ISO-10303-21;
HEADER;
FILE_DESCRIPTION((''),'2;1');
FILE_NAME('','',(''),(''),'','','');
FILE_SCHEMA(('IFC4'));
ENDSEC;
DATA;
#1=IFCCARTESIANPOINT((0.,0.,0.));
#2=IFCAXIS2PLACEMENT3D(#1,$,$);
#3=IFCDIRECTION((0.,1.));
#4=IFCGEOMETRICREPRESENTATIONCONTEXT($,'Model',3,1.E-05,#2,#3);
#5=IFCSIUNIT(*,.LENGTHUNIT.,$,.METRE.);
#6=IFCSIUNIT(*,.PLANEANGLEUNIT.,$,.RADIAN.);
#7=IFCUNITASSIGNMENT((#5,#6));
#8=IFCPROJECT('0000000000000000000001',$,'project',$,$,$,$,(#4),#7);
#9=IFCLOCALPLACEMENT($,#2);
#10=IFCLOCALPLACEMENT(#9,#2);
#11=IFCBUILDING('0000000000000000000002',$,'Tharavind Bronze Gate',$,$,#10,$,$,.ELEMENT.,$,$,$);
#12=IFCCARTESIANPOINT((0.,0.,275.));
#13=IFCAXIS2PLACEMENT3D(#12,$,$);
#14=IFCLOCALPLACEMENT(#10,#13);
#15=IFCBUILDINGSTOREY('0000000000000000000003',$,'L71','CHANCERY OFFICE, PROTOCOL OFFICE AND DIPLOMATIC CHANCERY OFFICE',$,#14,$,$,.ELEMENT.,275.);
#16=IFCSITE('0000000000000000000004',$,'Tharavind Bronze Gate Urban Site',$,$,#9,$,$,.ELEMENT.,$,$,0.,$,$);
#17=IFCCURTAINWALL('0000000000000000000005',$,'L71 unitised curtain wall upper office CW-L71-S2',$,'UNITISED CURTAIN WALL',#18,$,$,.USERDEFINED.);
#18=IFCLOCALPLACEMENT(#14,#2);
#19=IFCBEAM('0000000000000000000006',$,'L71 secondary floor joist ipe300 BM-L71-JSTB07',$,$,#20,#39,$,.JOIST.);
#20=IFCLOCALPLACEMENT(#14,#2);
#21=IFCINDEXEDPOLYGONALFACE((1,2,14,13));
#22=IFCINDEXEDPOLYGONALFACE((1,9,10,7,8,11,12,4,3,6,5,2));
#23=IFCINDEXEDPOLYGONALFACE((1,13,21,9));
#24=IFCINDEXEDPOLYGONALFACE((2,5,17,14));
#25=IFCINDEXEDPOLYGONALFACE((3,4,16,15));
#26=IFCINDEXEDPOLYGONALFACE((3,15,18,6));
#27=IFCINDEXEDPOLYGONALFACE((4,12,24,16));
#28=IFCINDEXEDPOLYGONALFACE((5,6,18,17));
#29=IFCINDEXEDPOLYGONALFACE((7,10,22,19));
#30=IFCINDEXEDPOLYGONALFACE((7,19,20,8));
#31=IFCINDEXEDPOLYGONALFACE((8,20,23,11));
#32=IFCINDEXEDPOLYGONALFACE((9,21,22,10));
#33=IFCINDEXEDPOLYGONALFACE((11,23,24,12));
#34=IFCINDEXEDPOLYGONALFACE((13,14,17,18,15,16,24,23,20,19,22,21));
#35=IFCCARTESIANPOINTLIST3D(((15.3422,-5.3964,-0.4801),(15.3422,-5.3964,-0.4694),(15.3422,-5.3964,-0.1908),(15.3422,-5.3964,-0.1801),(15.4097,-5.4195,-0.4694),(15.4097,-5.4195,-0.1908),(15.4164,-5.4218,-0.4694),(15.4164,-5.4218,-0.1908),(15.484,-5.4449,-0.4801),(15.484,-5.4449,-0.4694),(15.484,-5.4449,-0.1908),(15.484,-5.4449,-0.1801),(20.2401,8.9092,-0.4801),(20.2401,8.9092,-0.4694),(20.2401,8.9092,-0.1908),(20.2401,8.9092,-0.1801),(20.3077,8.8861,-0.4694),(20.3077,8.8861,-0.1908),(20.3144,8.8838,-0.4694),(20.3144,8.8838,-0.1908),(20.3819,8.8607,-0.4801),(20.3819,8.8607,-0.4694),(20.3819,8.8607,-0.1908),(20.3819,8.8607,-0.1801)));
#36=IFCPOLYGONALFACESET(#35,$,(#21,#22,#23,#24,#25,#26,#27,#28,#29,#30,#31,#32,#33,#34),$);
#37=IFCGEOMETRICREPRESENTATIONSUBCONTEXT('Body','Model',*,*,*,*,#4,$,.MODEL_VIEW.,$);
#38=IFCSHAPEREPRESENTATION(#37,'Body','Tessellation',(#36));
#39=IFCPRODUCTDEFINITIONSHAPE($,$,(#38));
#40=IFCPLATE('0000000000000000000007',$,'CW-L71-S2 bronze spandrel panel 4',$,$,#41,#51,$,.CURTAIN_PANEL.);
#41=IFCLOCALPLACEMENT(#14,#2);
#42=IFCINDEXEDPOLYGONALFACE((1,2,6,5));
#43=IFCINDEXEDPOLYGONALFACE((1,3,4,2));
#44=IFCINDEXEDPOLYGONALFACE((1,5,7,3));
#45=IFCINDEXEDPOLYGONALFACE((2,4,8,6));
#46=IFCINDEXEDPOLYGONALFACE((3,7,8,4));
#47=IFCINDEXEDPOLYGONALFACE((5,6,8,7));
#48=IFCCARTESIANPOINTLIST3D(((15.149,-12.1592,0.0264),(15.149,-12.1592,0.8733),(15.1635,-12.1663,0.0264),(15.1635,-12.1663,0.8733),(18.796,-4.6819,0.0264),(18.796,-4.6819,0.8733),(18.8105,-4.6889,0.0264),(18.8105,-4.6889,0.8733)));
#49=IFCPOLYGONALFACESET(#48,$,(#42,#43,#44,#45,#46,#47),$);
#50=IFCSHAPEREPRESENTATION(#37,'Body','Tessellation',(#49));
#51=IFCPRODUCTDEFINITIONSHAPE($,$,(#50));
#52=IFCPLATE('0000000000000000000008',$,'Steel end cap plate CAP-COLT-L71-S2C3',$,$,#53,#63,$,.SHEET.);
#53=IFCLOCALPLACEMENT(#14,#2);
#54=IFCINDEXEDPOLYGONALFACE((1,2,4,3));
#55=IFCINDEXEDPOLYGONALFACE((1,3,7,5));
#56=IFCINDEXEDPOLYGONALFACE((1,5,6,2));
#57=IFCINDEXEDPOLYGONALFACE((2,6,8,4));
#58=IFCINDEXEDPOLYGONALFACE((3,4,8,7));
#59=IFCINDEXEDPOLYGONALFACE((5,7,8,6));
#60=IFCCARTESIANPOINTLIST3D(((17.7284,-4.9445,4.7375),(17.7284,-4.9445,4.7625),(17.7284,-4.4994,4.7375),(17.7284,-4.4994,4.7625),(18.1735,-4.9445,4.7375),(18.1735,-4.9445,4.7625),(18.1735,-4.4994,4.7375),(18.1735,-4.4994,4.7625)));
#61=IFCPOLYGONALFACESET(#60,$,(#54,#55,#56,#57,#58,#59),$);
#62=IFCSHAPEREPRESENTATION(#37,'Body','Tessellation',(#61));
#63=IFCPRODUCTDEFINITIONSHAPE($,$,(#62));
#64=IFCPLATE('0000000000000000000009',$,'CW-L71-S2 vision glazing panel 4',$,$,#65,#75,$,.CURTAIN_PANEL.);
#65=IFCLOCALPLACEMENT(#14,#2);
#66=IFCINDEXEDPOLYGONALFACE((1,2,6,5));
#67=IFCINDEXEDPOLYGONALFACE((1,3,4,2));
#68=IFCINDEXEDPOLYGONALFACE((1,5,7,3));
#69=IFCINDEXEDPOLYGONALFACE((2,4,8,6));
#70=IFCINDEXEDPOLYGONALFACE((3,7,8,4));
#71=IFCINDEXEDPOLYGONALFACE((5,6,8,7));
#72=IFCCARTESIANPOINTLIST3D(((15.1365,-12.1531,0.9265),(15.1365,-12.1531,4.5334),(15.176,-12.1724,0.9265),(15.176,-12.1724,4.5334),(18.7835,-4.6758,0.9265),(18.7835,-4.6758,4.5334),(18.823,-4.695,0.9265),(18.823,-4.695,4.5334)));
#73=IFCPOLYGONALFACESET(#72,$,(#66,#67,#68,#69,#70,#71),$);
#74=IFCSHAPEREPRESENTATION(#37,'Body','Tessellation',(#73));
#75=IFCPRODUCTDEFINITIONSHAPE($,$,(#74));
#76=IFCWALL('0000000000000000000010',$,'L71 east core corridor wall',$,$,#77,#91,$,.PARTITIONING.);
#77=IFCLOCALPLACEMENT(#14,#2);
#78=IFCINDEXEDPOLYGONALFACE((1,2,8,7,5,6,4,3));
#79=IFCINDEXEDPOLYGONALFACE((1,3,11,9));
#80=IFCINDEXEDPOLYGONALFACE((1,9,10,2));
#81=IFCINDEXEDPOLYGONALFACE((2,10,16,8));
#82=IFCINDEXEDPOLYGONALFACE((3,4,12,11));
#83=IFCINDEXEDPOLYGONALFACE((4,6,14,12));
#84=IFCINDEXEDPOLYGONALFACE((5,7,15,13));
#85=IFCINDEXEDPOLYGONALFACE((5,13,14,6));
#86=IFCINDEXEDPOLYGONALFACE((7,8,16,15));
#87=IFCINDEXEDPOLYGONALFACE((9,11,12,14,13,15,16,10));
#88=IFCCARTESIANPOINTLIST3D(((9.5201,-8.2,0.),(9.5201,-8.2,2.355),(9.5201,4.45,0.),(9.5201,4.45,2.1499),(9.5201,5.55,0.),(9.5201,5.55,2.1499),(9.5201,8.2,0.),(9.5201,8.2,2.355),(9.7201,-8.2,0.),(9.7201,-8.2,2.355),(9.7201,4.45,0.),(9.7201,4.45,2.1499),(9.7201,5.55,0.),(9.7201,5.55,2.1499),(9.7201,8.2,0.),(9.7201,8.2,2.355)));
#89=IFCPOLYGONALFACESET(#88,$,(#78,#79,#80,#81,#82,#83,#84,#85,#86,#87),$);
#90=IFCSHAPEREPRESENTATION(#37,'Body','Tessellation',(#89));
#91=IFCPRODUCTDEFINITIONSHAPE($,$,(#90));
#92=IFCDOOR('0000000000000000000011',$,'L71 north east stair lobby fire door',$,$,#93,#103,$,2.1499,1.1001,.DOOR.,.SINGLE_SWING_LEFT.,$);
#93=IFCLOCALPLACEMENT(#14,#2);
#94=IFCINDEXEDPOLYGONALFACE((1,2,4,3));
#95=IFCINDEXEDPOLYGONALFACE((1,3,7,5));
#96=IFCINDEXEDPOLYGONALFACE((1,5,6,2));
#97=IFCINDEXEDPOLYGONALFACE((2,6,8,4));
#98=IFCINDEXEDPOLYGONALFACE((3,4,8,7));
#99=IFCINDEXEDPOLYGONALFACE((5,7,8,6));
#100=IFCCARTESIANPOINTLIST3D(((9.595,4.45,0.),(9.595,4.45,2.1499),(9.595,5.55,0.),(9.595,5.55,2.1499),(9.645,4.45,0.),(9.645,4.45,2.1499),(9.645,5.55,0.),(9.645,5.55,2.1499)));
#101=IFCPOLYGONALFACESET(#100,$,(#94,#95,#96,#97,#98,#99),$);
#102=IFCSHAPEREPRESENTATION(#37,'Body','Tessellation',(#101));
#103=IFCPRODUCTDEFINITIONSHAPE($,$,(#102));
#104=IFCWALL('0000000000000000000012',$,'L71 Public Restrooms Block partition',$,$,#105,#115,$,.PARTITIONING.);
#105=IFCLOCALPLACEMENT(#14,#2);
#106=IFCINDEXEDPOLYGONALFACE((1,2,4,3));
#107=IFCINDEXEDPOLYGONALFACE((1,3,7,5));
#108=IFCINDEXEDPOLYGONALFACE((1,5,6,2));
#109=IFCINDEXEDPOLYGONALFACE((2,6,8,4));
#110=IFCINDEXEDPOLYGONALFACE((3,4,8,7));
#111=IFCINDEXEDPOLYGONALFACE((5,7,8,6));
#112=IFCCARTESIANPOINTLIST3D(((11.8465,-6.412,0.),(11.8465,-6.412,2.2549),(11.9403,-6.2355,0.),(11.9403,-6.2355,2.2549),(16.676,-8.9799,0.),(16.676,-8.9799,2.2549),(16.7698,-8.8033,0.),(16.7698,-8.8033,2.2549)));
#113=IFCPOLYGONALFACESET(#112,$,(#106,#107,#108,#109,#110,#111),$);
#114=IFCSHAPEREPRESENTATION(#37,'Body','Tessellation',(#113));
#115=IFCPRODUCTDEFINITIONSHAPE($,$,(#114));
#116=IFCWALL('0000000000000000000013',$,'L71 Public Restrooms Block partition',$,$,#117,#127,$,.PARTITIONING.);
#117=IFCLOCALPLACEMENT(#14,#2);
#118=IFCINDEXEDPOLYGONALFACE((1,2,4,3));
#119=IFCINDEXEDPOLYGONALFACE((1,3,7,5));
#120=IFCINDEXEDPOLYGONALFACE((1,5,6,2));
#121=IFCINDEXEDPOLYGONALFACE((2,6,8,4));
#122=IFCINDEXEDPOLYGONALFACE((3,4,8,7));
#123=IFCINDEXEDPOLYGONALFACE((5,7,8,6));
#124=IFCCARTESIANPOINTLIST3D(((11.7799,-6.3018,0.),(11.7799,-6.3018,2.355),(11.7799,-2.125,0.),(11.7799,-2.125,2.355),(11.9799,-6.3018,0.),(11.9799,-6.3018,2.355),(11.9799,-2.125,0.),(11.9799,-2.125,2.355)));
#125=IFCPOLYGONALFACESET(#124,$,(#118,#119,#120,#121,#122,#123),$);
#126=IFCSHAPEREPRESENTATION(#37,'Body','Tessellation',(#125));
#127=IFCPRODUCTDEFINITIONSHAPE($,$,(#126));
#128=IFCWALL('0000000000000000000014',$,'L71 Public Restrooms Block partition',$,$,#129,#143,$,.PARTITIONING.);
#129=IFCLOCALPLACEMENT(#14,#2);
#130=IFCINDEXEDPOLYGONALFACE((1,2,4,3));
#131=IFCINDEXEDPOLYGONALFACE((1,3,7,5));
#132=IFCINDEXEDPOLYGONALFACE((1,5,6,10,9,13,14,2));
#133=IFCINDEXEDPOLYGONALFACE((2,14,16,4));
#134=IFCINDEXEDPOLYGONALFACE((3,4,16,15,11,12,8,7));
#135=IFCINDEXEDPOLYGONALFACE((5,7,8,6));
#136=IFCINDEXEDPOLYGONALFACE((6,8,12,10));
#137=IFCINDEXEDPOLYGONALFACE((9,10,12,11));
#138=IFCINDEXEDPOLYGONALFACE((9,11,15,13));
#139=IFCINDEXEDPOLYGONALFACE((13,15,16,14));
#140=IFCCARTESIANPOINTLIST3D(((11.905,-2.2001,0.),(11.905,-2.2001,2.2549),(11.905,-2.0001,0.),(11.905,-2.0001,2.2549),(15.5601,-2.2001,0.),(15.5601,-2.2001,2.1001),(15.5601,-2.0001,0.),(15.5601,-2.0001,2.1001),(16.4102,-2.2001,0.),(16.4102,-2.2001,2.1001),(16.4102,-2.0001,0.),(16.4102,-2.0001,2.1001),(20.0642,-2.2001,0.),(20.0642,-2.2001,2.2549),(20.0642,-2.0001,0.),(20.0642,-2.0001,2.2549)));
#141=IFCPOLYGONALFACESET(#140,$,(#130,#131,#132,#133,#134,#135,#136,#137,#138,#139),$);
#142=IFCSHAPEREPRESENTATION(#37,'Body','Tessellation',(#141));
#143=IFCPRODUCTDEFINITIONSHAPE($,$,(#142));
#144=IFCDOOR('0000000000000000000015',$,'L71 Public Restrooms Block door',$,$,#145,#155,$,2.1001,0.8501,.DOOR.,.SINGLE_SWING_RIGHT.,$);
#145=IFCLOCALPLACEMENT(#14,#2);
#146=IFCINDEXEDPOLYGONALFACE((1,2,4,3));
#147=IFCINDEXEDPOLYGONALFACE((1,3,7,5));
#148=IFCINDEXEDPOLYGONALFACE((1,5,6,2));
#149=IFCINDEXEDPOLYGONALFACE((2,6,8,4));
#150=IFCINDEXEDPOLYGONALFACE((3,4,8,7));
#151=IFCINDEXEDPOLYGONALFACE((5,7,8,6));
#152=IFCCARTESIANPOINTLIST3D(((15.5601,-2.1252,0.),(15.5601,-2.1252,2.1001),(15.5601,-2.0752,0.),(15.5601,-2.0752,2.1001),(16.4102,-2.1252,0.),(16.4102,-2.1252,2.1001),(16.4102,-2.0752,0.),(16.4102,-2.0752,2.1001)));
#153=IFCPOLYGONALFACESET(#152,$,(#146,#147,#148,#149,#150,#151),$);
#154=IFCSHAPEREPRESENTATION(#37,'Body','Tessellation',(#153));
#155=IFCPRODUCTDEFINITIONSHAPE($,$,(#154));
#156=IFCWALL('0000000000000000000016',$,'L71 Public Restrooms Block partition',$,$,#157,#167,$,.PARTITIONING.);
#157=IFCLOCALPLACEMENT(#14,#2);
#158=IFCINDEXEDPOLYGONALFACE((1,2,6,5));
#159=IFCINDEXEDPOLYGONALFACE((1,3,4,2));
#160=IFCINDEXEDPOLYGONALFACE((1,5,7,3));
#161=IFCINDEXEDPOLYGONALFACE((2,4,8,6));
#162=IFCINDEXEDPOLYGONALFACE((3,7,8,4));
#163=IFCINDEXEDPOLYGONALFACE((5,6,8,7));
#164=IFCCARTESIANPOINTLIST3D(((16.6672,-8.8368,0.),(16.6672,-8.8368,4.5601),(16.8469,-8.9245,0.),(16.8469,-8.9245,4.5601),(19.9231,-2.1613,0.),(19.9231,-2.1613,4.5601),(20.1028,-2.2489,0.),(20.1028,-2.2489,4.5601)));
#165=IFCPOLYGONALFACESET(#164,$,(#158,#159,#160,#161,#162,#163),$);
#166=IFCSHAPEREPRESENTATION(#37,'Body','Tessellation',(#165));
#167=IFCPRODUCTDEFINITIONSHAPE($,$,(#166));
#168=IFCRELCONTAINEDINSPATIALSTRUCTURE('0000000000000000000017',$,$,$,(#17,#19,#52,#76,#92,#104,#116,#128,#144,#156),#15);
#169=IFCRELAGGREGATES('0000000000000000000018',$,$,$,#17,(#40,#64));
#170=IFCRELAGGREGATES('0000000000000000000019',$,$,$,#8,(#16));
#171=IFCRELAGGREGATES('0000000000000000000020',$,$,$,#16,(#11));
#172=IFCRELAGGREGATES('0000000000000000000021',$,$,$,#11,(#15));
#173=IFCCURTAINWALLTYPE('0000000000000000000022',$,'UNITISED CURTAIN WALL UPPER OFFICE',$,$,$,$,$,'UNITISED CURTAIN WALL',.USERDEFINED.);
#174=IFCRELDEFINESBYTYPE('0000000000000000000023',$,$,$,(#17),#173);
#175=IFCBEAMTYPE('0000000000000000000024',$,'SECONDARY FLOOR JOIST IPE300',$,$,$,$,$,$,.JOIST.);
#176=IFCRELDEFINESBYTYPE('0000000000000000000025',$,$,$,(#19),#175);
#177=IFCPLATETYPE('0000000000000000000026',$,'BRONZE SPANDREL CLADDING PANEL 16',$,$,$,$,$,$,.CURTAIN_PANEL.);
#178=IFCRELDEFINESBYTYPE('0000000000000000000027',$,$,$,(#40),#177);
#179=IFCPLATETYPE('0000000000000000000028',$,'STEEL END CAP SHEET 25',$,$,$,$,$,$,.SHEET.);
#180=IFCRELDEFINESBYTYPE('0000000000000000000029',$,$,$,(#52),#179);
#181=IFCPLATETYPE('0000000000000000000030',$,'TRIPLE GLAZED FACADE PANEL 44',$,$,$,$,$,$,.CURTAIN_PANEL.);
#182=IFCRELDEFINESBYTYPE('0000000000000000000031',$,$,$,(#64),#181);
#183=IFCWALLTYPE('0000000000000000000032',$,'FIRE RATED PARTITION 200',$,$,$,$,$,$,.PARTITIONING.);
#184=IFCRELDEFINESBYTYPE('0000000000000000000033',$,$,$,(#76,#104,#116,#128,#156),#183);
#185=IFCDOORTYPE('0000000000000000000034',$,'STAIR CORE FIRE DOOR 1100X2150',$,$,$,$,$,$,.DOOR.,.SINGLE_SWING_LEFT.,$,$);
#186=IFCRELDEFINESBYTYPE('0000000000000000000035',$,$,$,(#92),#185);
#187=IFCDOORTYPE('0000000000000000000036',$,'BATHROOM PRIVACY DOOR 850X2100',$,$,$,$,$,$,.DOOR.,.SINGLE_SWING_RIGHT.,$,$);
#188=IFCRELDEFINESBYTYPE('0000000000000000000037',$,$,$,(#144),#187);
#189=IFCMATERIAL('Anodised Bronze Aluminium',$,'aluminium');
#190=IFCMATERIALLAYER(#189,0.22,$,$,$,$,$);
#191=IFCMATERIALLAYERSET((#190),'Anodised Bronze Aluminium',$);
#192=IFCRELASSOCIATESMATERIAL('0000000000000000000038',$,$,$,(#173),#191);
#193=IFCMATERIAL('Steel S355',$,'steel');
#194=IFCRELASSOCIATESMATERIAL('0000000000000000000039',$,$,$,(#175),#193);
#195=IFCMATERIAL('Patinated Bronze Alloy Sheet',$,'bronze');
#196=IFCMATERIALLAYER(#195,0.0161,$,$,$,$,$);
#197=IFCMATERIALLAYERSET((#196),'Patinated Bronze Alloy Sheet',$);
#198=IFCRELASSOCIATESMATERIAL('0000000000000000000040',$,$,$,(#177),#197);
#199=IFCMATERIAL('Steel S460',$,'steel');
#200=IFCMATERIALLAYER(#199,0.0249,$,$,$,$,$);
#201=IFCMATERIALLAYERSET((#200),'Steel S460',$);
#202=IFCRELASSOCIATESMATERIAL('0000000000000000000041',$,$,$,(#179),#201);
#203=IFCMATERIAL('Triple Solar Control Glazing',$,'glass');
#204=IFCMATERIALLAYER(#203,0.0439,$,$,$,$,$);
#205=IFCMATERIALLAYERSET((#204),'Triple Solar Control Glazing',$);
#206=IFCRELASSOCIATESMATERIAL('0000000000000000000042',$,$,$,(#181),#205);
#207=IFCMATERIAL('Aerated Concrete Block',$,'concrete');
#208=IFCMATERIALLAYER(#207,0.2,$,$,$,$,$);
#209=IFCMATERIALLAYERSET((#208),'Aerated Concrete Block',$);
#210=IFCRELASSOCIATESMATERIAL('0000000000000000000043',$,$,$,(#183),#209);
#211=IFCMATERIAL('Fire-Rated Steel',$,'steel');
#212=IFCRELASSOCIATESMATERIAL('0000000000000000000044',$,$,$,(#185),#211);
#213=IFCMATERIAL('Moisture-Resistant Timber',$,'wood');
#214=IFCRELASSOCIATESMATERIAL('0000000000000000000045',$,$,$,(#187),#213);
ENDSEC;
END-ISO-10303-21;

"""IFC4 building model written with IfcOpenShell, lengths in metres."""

from ifc_helpers import new_model, si_unit, direction, frame, frame_2d, origin, origin_2d, place, context, subcontext, project, spatial, rectangle, i_section, extrude, material, layer, layer_set, material_profile, profile_set, type_object, element, fill, aggregate, save


model = new_model("IFC4")

# Units and contexts
model_context = context("Model", 3, precision=1e-05, world=origin(), true_north=direction((0.0, 1.0)))
body_context = subcontext(model_context, "Body", "Model", "MODEL_VIEW")
ifc_project = project(units=[si_unit("LENGTHUNIT", "METRE"), si_unit("PLANEANGLEUNIT", "RADIAN")], contexts=[model_context])

# Site, building, storey
site_placement = place(None, origin())
site = spatial("IfcSite", under=ifc_project, at=site_placement, Name="Tharavind Bronze Gate Urban Site", CompositionType="ELEMENT", RefElevation=0.0)
building_placement = place(site_placement, origin())
building = spatial("IfcBuilding", under=site, at=building_placement, Name="Tharavind Bronze Gate", CompositionType="ELEMENT")
storey_placement = place(building_placement, frame((0.0, 0.0, 275.0)))
storey = spatial("IfcBuildingStorey", under=building, at=storey_placement, Name="L71", Description="CHANCERY OFFICE, PROTOCOL OFFICE AND DIPLOMATIC CHANCERY OFFICE", CompositionType="ELEMENT", Elevation=275.0)

# Shared definitions
ifc_material_1 = material(Name="Steel S460", Category="steel")

# Curtain wall
ifc_material_2 = material(Name="Anodised Bronze Aluminium", Category="aluminium")
ifc_layer_1 = layer(ifc_material_2, 0.22)
ifc_layer_set_1 = layer_set([ifc_layer_1], Name="Anodised Bronze Aluminium")
curtain_wall_type = type_object("IfcCurtainWallType", Name="UNITISED CURTAIN WALL UPPER OFFICE", ElementType="UNITISED CURTAIN WALL", PredefinedType="USERDEFINED", material=ifc_layer_set_1)
curtain_wall_placement = place(storey_placement, origin())
curtain_wall = element("IfcCurtainWall", 1, at=curtain_wall_placement, inside=storey, type_object=curtain_wall_type, Name="L71 unitised curtain wall upper office CW-L71-S2", ObjectType="UNITISED CURTAIN WALL", PredefinedType="USERDEFINED")

# Beam
ifc_material_3 = material(Name="Steel S355", Category="steel")
ifc_material_profile_1 = material_profile(ifc_material_3, i_section(OverallWidth=0.1499, OverallDepth=0.3, WebThickness=0.0071, FlangeThickness=0.0107, at=origin_2d()), Name="IPE300")
ifc_profile_set_1 = profile_set([ifc_material_profile_1], Name="Steel S355")
beam_type_1 = type_object("IfcBeamType", Name="SECONDARY FLOOR JOIST IPE300", PredefinedType="JOIST", material=ifc_profile_set_1)
beam_1_placement = place(storey_placement, frame((15.4131, -5.4207, -0.3301), z_axis=(0.323919, 0.946085, 0.0), x_axis=(-0.946085, 0.323919, 0.0)))
element("IfcBeam", 2, at=beam_1_placement, inside=storey, type_object=beam_type_1, Name="L71 secondary floor joist ipe300 BM-L71-JSTB07", PredefinedType="JOIST", context=body_context, shape_type="SweptSolid", body=[
    extrude(i_section(OverallWidth=0.1499, OverallDepth=0.3, WebThickness=0.0071, FlangeThickness=0.0107, at=origin_2d()), origin(), (0.0, 0.0, 1.0), 15.1208),
])

# Plates
ifc_material_4 = material(Name="Patinated Bronze Alloy Sheet", Category="bronze")
ifc_layer_2 = layer(ifc_material_4, 0.0161)
ifc_layer_set_2 = layer_set([ifc_layer_2], Name="Patinated Bronze Alloy Sheet")
plate_type_1 = type_object("IfcPlateType", Name="BRONZE SPANDREL CLADDING PANEL 16", PredefinedType="CURTAIN_PANEL", material=ifc_layer_set_2)
plate_1_placement = place(storey_placement, frame((16.9797, -8.4241, 0.0264), z_axis=(0.0, 0.0, 1.0), x_axis=(0.438373, 0.898793, 0.0)))
plate_1 = element("IfcPlate", 3, at=plate_1_placement, type_object=plate_type_1, Name="CW-L71-S2 bronze spandrel panel 4", PredefinedType="CURTAIN_PANEL", context=body_context, shape_type="SweptSolid", body=[
    extrude(rectangle(XDim=8.3193, YDim=0.0161, at=origin_2d()), origin(), (0.0, 0.0, 1.0), 0.8469),
])
ifc_layer_3 = layer(ifc_material_1, 0.0249)
ifc_layer_set_3 = layer_set([ifc_layer_3], Name="Steel S460")
plate_type_2 = type_object("IfcPlateType", Name="STEEL END CAP SHEET 25", PredefinedType="SHEET", material=ifc_layer_set_3)
plate_2_placement = place(storey_placement, frame((17.9509, -4.7219, 4.7375), z_axis=(0.0, 0.0, 1.0), x_axis=(1.0, 0.0, 0.0)))
element("IfcPlate", 4, at=plate_2_placement, inside=storey, type_object=plate_type_2, Name="Steel end cap plate CAP-COLT-L71-S2C3", PredefinedType="SHEET", context=body_context, shape_type="SweptSolid", body=[
    extrude(rectangle(XDim=0.4451, YDim=0.4451, at=origin_2d()), origin(), (0.0, 0.0, 1.0), 0.0249),
])
ifc_material_5 = material(Name="Triple Solar Control Glazing", Category="glass")
ifc_layer_4 = layer(ifc_material_5, 0.0439)
ifc_layer_set_4 = layer_set([ifc_layer_4], Name="Triple Solar Control Glazing")
plate_type_3 = type_object("IfcPlateType", Name="TRIPLE GLAZED FACADE PANEL 44", PredefinedType="CURTAIN_PANEL", material=ifc_layer_set_4)
plate_3_placement = place(storey_placement, frame((16.9797, -8.4241, 0.9265), z_axis=(0.0, 0.0, 1.0), x_axis=(0.438373, 0.898793, 0.0)))
plate_3 = element("IfcPlate", 5, at=plate_3_placement, type_object=plate_type_3, Name="CW-L71-S2 vision glazing panel 4", PredefinedType="CURTAIN_PANEL", context=body_context, shape_type="SweptSolid", body=[
    extrude(rectangle(XDim=8.3193, YDim=0.0439, at=origin_2d()), origin(), (0.0, 0.0, 1.0), 3.6069),
])
aggregate(curtain_wall, [plate_1, plate_3])

# Wall, opening, door
ifc_material_6 = material(Name="Aerated Concrete Block", Category="concrete")
ifc_layer_5 = layer(ifc_material_6, 0.2)
ifc_layer_set_5 = layer_set([ifc_layer_5], Name="Aerated Concrete Block")
wall_type_1 = type_object("IfcWallType", Name="FIRE RATED PARTITION 200", PredefinedType="PARTITIONING", material=ifc_layer_set_5)
wall_1_placement = place(storey_placement, frame((9.6201, -8.2, 0.0), z_axis=(0.0, 0.0, 1.0), x_axis=(0.0, 1.0, 0.0)))
wall_1 = element("IfcWall", 6, at=wall_1_placement, inside=storey, type_object=wall_type_1, Name="L71 east core corridor wall", PredefinedType="PARTITIONING", context=body_context, shape_type="SweptSolid", body=[
    extrude(rectangle(XDim=16.3999, YDim=0.2, at=frame_2d((8.2, 0.0))), origin(), (0.0, 0.0, 1.0), 2.355),
])
opening_1_placement = place(wall_1_placement, frame((12.6499, 0.0, 0.0)))
opening_1 = element("IfcOpeningElement", 7, at=opening_1_placement, cuts=wall_1, PredefinedType="OPENING", context=body_context, shape_type="SweptSolid", body=[
    extrude(rectangle(XDim=1.1001, YDim=2.1499, at=frame_2d((0.55, 1.075))), frame((0.0, 0.1101, 0.0), z_axis=(0.0, -1.0, 0.0), x_axis=(1.0, 0.0, 0.0)), (0.0, 0.0, 1.0), 0.22),
])
ifc_material_7 = material(Name="Fire-Rated Steel", Category="steel")
door_type_1 = type_object("IfcDoorType", Name="STAIR CORE FIRE DOOR 1100X2150", OperationType="SINGLE_SWING_LEFT", PredefinedType="DOOR", material=ifc_material_7)
door_1_placement = place(opening_1_placement, frame((1.1001, 0.0, 0.0), z_axis=(0.0, 0.0, 1.0), x_axis=(-1.0, 0.0, 0.0)))
door_1 = element("IfcDoor", 8, at=door_1_placement, inside=storey, type_object=door_type_1, Name="L71 north east stair lobby fire door", OperationType="SINGLE_SWING_LEFT", OverallHeight=2.1499, OverallWidth=1.1001, PredefinedType="DOOR", context=body_context, shape_type="SweptSolid", body=[
    extrude(rectangle(XDim=1.1001, YDim=2.1499, at=frame_2d((0.55, 1.075))), frame((0.0, 0.0249, 0.0), z_axis=(0.0, -1.0, 0.0), x_axis=(1.0, 0.0, 0.0)), (0.0, 0.0, 1.0), 0.05),
])
fill(opening_1, door_1)

# Walls
wall_2_placement = place(storey_placement, frame((16.7229, -8.8916, 0.0), z_axis=(0.0, 0.0, 1.0), x_axis=(-0.882953, 0.469462, 0.0)))
element("IfcWall", 9, at=wall_2_placement, inside=storey, type_object=wall_type_1, Name="L71 Public Restrooms Block partition", PredefinedType="PARTITIONING", context=body_context, shape_type="SweptSolid", body=[
    extrude(rectangle(XDim=5.4697, YDim=0.2, at=frame_2d((2.7349, 0.0))), origin(), (0.0, 0.0, 1.0), 2.2549),
])
wall_3_placement = place(storey_placement, frame((11.8799, -6.3018, 0.0), z_axis=(0.0, 0.0, 1.0), x_axis=(0.0, 1.0, 0.0)))
element("IfcWall", 10, at=wall_3_placement, inside=storey, type_object=wall_type_1, Name="L71 Public Restrooms Block partition", PredefinedType="PARTITIONING", context=body_context, shape_type="SweptSolid", body=[
    extrude(rectangle(XDim=4.1768, YDim=0.2, at=frame_2d((2.0884, 0.0))), origin(), (0.0, 0.0, 1.0), 2.355),
])

# Wall, opening, door
wall_4_placement = place(storey_placement, frame((11.905, -2.1001, 0.0), z_axis=(0.0, 0.0, 1.0), x_axis=(1.0, 0.0, 0.0)))
wall_4 = element("IfcWall", 11, at=wall_4_placement, inside=storey, type_object=wall_type_1, Name="L71 Public Restrooms Block partition", PredefinedType="PARTITIONING", context=body_context, shape_type="SweptSolid", body=[
    extrude(rectangle(XDim=8.1592, YDim=0.2, at=frame_2d((4.0796, 0.0))), origin(), (0.0, 0.0, 1.0), 2.2549),
])
opening_2_placement = place(wall_4_placement, frame((3.655, 0.0, 0.0)))
opening_2 = element("IfcOpeningElement", 12, at=opening_2_placement, cuts=wall_4, PredefinedType="OPENING", context=body_context, shape_type="SweptSolid", body=[
    extrude(rectangle(XDim=0.8501, YDim=2.1001, at=frame_2d((0.425, 1.05))), frame((0.0, 0.1101, 0.0), z_axis=(0.0, -1.0, 0.0), x_axis=(1.0, 0.0, 0.0)), (0.0, 0.0, 1.0), 0.22),
])
ifc_material_8 = material(Name="Moisture-Resistant Timber", Category="wood")
door_type_2 = type_object("IfcDoorType", Name="BATHROOM PRIVACY DOOR 850X2100", OperationType="SINGLE_SWING_RIGHT", PredefinedType="DOOR", material=ifc_material_8)
door_2_placement = place(opening_2_placement, origin())
door_2 = element("IfcDoor", 13, at=door_2_placement, inside=storey, type_object=door_type_2, Name="L71 Public Restrooms Block door", OperationType="SINGLE_SWING_RIGHT", OverallHeight=2.1001, OverallWidth=0.8501, PredefinedType="DOOR", context=body_context, shape_type="SweptSolid", body=[
    extrude(rectangle(XDim=0.8501, YDim=2.1001, at=frame_2d((0.425, 1.05))), frame((0.0, 0.0249, 0.0), z_axis=(0.0, -1.0, 0.0), x_axis=(1.0, 0.0, 0.0)), (0.0, 0.0, 1.0), 0.05),
])
fill(opening_2, door_2)

# Wall
wall_5_placement = place(storey_placement, frame((20.0129, -2.2051, 0.0), z_axis=(0.0, 0.0, 1.0), x_axis=(-0.438369, -0.898795, 0.0)))
element("IfcWall", 14, at=wall_5_placement, inside=storey, type_object=wall_type_1, Name="L71 Public Restrooms Block partition", PredefinedType="PARTITIONING", context=body_context, shape_type="SweptSolid", body=[
    extrude(rectangle(XDim=7.4272, YDim=0.2, at=frame_2d((3.7136, 0.0))), origin(), (0.0, 0.0, 1.0), 4.5601),
])

save(model, "model.ifc")
